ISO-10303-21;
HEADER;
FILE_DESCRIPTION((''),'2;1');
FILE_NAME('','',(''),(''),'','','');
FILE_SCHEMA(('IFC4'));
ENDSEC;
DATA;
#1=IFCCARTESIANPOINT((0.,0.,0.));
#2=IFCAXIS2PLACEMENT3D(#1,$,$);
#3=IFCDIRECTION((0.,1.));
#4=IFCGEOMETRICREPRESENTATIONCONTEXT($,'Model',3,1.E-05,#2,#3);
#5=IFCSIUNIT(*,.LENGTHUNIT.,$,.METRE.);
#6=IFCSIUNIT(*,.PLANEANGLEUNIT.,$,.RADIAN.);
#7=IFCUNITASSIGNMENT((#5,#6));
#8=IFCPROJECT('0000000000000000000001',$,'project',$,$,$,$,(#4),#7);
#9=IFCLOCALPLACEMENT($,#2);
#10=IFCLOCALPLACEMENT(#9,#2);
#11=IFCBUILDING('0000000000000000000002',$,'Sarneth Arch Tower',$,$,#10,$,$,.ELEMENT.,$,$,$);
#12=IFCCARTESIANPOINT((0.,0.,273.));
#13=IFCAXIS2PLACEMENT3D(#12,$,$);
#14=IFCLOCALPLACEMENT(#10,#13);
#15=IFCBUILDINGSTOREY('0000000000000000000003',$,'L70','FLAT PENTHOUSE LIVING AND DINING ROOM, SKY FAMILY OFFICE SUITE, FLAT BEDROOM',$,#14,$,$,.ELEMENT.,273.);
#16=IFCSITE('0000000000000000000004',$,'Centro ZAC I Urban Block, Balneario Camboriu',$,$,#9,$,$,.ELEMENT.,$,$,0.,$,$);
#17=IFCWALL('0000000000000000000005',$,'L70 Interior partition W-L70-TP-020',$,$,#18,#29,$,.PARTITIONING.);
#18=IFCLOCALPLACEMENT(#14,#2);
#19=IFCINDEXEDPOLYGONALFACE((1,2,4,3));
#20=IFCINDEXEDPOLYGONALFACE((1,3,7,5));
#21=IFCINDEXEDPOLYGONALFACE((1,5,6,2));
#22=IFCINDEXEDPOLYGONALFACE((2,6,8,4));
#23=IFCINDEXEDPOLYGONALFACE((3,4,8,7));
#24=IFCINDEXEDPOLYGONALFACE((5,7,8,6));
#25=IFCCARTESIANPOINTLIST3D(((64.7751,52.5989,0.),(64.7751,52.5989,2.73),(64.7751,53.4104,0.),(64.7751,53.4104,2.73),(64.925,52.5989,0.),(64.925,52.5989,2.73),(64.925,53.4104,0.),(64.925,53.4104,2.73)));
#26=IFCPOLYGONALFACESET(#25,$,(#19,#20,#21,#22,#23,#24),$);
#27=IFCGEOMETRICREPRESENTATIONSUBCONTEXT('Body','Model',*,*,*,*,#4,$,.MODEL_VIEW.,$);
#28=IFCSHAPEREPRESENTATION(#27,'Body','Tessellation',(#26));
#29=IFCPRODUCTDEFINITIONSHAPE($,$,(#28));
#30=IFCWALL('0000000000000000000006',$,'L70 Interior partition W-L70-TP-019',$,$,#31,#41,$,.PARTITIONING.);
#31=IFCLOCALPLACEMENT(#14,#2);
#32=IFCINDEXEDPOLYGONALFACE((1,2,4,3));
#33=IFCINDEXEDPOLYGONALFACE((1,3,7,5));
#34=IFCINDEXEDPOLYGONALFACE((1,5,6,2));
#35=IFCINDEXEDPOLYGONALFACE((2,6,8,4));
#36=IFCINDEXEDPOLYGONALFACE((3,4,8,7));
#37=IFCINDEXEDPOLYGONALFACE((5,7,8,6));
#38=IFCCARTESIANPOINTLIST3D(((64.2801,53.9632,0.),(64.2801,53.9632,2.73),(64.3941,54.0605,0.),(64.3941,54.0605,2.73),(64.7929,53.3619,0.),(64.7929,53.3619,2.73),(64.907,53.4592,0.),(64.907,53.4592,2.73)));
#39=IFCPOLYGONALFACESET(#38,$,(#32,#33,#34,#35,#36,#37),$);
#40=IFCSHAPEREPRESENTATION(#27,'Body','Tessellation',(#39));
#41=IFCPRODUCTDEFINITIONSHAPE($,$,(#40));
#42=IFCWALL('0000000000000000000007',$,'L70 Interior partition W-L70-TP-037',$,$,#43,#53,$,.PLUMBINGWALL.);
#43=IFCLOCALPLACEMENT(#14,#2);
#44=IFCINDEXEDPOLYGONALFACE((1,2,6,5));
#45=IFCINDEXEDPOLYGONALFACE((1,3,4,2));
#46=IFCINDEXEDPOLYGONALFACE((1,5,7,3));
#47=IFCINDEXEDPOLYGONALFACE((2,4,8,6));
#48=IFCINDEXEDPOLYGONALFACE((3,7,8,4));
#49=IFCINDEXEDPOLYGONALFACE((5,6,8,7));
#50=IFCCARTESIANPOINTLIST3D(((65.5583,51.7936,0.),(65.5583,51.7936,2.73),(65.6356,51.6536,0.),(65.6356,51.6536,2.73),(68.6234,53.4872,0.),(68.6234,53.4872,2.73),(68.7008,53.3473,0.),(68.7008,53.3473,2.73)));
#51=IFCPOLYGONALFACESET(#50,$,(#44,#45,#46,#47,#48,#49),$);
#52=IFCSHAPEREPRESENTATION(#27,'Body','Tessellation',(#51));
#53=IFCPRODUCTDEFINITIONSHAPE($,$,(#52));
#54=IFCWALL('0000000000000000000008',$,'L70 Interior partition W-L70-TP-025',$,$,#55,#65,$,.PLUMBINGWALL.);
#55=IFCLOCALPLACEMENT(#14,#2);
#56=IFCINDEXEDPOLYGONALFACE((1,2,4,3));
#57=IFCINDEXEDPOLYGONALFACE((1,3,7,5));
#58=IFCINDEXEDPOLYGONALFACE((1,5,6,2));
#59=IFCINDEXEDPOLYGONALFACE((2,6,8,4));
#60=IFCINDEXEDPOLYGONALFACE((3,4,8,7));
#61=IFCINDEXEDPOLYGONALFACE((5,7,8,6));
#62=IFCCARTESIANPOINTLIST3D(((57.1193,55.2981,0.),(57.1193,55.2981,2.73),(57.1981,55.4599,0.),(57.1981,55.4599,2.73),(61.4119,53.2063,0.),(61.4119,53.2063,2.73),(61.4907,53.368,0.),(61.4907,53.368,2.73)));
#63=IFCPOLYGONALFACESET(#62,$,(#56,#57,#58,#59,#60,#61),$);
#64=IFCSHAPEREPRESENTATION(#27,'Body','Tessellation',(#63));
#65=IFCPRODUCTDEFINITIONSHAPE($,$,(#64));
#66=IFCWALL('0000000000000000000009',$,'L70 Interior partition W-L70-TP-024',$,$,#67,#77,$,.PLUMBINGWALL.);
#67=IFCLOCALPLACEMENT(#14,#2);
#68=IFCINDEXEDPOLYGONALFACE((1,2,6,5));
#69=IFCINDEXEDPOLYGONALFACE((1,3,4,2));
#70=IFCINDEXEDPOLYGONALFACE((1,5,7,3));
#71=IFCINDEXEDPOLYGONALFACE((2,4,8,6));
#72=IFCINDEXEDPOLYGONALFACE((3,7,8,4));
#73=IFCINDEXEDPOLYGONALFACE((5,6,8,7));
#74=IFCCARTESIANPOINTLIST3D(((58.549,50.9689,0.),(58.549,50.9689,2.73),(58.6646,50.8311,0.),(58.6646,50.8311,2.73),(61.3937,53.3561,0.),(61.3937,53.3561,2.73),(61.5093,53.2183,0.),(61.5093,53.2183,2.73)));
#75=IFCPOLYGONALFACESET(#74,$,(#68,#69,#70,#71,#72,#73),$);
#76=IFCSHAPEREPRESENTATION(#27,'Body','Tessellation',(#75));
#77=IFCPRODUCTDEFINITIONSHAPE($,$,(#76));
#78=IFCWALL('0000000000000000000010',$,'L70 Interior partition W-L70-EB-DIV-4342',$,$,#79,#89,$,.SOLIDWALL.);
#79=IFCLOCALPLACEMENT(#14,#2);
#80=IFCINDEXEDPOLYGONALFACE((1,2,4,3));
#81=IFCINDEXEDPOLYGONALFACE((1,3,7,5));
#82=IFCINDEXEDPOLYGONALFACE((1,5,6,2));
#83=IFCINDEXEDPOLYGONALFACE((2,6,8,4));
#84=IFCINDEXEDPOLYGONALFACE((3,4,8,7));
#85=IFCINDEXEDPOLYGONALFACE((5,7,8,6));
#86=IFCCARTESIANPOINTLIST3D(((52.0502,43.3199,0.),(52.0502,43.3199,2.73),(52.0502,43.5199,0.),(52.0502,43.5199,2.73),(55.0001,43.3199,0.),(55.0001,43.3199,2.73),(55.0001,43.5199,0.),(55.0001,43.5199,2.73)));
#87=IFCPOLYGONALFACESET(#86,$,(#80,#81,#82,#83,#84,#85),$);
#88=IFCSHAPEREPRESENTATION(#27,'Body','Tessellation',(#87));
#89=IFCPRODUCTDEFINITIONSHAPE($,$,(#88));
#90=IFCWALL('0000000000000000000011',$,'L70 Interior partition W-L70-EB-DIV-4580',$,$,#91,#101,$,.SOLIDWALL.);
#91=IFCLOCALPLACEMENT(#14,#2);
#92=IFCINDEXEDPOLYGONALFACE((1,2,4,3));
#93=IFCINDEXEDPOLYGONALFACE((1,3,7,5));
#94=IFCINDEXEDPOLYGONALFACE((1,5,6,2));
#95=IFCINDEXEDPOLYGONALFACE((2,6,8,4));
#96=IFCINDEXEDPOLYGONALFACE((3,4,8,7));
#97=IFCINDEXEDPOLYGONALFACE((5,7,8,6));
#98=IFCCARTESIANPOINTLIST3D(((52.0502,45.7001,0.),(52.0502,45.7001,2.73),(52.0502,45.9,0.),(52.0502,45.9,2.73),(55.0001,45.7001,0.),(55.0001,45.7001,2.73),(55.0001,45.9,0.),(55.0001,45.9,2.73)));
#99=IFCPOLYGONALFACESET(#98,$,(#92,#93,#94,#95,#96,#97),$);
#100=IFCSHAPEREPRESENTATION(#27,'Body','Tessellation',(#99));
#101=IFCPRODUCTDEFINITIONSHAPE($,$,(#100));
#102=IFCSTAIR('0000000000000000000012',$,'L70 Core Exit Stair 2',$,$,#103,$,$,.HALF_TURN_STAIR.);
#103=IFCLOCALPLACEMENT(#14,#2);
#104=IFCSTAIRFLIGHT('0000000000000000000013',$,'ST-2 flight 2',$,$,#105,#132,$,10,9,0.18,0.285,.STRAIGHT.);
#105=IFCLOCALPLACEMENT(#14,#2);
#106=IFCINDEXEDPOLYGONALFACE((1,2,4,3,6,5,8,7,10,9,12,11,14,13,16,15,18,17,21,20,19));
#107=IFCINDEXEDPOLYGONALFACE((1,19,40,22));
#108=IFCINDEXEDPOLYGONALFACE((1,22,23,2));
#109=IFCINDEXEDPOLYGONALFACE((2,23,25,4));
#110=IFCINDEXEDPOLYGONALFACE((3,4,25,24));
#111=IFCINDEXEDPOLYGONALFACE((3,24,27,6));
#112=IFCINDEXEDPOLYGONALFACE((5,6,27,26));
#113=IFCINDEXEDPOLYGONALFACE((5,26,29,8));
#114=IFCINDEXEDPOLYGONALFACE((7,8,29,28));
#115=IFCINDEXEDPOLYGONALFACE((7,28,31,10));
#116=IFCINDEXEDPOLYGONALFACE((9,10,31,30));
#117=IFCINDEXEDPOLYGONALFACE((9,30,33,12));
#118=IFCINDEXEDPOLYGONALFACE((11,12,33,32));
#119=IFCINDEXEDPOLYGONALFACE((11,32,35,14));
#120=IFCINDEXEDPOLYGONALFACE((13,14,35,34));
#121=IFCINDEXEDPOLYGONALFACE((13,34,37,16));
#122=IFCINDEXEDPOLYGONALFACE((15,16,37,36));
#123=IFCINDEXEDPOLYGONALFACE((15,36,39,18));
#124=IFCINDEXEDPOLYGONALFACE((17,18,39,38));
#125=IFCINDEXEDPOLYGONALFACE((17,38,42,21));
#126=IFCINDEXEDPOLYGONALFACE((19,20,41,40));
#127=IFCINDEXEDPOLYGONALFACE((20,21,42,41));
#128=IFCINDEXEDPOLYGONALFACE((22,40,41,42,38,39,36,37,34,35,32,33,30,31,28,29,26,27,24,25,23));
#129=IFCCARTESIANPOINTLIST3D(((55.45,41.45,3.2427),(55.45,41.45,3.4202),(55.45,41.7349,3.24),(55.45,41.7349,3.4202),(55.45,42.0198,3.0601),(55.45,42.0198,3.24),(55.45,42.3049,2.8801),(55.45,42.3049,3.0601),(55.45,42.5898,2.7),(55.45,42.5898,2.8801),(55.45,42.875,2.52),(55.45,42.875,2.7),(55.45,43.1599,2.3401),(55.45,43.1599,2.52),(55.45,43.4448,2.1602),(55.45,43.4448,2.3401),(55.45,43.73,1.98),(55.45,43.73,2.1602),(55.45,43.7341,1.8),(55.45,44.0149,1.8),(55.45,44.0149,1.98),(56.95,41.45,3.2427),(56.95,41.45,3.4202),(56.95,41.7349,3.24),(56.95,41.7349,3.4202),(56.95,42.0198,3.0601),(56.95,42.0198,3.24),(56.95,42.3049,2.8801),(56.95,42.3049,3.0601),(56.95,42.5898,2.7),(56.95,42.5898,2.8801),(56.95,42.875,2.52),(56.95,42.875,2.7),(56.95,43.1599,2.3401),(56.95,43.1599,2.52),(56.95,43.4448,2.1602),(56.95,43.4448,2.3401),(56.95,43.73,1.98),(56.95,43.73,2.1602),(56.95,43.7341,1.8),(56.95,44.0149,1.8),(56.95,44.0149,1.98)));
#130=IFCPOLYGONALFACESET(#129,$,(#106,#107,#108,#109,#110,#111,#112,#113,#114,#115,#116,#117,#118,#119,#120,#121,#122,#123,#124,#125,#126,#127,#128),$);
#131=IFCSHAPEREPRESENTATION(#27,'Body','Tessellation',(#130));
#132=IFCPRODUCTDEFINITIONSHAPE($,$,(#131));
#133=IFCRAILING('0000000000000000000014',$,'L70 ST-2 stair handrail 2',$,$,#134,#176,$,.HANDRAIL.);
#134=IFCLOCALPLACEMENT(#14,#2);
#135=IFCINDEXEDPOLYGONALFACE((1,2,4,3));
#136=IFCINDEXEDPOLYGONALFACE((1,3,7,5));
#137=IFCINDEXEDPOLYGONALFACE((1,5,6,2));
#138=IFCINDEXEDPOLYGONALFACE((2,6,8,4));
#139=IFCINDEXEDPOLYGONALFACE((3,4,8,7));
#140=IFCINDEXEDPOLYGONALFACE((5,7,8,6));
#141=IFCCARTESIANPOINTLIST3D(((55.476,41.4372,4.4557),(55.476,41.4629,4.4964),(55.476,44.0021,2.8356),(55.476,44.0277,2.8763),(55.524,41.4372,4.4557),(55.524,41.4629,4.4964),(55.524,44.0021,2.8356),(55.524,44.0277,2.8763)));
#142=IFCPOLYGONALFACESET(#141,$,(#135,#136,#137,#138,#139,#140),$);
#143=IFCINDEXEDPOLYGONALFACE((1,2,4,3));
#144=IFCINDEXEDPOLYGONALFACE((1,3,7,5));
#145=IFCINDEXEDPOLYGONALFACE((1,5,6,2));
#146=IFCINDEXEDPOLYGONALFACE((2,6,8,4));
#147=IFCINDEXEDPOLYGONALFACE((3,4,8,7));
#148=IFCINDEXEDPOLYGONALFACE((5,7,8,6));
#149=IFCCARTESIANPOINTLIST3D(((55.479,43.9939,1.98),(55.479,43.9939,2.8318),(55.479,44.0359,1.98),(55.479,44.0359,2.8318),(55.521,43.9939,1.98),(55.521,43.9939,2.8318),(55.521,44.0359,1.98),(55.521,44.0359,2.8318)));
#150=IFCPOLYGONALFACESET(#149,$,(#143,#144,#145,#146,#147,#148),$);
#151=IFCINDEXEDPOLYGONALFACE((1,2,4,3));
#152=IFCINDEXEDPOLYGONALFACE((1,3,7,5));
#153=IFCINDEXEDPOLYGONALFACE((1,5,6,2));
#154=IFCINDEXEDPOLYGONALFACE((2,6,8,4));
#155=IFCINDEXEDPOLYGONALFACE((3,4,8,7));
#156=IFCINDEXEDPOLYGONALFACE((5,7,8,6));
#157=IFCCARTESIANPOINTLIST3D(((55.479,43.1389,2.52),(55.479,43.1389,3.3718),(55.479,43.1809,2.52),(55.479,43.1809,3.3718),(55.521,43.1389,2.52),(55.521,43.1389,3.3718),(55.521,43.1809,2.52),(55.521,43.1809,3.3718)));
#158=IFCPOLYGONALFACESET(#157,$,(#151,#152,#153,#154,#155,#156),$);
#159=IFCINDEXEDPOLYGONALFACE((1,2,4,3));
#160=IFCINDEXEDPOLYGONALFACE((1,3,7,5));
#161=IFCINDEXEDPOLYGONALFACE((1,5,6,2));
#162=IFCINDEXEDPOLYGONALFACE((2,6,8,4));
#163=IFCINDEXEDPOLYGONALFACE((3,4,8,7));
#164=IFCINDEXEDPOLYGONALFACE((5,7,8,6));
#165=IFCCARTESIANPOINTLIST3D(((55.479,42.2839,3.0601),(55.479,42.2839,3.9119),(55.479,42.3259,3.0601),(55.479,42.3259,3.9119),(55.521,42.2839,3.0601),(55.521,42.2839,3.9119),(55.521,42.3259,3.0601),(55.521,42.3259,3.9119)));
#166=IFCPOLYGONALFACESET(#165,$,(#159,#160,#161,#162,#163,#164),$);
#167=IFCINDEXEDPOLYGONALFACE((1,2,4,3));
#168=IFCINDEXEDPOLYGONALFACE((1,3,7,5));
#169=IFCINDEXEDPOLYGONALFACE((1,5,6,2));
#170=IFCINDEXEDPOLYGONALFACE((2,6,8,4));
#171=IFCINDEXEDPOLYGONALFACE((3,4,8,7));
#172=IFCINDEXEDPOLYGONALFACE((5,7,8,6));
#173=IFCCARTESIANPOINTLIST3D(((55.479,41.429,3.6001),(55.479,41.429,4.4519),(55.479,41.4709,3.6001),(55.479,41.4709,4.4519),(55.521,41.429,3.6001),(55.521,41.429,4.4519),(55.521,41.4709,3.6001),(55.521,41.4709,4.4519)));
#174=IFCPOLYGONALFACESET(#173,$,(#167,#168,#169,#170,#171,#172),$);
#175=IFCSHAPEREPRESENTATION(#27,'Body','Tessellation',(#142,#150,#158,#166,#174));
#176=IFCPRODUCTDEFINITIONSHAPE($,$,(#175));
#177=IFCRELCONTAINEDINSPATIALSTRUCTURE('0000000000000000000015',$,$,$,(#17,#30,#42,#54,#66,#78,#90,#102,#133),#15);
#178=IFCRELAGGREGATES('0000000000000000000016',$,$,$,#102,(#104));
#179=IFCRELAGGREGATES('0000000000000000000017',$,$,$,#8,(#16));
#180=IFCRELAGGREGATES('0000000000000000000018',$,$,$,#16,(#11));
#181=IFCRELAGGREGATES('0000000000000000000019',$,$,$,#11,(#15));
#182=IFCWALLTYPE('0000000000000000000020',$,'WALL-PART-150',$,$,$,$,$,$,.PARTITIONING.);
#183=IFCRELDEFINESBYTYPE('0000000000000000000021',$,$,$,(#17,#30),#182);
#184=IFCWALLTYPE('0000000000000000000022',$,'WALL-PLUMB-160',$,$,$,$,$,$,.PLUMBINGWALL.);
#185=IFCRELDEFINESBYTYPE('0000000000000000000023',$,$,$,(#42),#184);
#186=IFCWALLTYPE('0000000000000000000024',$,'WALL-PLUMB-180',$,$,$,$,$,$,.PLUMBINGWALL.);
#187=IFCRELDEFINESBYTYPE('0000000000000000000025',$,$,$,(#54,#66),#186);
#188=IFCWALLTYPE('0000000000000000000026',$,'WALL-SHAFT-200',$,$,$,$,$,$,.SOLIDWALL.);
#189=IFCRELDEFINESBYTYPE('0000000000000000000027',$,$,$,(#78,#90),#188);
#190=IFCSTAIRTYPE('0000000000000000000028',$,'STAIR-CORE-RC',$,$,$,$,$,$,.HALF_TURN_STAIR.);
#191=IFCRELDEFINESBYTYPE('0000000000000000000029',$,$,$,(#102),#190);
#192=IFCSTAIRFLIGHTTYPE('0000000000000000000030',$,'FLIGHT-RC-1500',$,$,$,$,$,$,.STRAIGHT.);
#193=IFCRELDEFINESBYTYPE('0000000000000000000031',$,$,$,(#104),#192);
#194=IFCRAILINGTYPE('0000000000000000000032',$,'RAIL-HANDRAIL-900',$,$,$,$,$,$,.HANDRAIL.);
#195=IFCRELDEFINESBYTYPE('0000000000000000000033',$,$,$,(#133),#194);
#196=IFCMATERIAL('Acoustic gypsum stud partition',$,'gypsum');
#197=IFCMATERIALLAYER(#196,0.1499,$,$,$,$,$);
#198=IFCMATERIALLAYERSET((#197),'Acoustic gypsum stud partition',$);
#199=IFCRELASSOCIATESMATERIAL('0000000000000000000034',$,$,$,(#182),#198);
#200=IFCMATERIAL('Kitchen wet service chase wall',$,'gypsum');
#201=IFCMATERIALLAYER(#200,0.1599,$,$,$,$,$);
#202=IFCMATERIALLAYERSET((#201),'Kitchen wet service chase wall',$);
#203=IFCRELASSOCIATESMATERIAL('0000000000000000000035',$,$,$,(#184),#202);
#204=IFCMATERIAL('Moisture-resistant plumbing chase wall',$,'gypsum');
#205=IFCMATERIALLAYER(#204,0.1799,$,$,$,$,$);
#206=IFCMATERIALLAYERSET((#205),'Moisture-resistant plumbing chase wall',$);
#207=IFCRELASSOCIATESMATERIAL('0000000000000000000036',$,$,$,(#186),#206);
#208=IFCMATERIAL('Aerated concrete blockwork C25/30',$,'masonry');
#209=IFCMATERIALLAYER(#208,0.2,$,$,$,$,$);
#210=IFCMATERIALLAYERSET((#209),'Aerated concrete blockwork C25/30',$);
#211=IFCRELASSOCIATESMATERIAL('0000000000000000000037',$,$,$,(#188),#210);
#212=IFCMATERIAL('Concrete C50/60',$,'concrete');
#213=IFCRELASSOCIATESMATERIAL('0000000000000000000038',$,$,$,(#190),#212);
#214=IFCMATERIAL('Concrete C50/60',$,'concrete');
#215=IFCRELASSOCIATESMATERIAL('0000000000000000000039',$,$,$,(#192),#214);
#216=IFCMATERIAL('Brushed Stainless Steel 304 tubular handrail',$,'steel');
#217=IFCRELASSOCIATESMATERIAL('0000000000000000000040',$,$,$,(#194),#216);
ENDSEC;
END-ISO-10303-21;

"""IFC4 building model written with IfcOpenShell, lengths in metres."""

from ifc_helpers import new_model, si_unit, direction, frame, frame_2d, origin, origin_2d, place, context, subcontext, project, spatial, polyline, rectangle, outline, extrude, material, layer, layer_set, type_object, element, aggregate, save


model = new_model("IFC4")

# Units and contexts
model_context = context("Model", 3, precision=1e-05, world=origin(), true_north=direction((0.0, 1.0)))
body_context = subcontext(model_context, "Body", "Model", "MODEL_VIEW")
ifc_project = project(units=[si_unit("LENGTHUNIT", "METRE"), si_unit("PLANEANGLEUNIT", "RADIAN")], contexts=[model_context])

# Site, building, storey
site_placement = place(None, origin())
site = spatial("IfcSite", under=ifc_project, at=site_placement, Name="Centro ZAC I Urban Block, Balneario Camboriu", CompositionType="ELEMENT", RefElevation=0.0)
building_placement = place(site_placement, origin())
building = spatial("IfcBuilding", under=site, at=building_placement, Name="Sarneth Arch Tower", CompositionType="ELEMENT")
storey_placement = place(building_placement, frame((0.0, 0.0, 273.0)))
storey = spatial("IfcBuildingStorey", under=building, at=storey_placement, Name="L70", Description="FLAT PENTHOUSE LIVING AND DINING ROOM, SKY FAMILY OFFICE SUITE, FLAT BEDROOM", CompositionType="ELEMENT", Elevation=273.0)

# Walls
ifc_material_1 = material(Name="Acoustic gypsum stud partition", Category="gypsum")
ifc_layer_1 = layer(ifc_material_1, 0.1499)
ifc_layer_set_1 = layer_set([ifc_layer_1], Name="Acoustic gypsum stud partition")
wall_type_1 = type_object("IfcWallType", Name="WALL-PART-150", PredefinedType="PARTITIONING", material=ifc_layer_set_1)
wall_1_placement = place(storey_placement, frame((64.8501, 53.4104, 0.0), z_axis=(0.0, 0.0, 1.0), x_axis=(0.0, -1.0, 0.0)))
element("IfcWall", 1, at=wall_1_placement, inside=storey, type_object=wall_type_1, Name="L70 Interior partition W-L70-TP-020", PredefinedType="PARTITIONING", context=body_context, shape_type="SweptSolid", body=[
    extrude(rectangle(XDim=0.8115, YDim=0.1499, at=frame_2d((0.4058, 0.0))), origin(), (0.0, 0.0, 1.0), 2.73),
])
wall_2_placement = place(storey_placement, frame((64.3372, 54.0117, 0.0), z_axis=(0.0, 0.0, 1.0), x_axis=(0.648983, -0.760803, 0.0)))
element("IfcWall", 2, at=wall_2_placement, inside=storey, type_object=wall_type_1, Name="L70 Interior partition W-L70-TP-019", PredefinedType="PARTITIONING", context=body_context, shape_type="SweptSolid", body=[
    extrude(rectangle(XDim=0.7903, YDim=0.1499, at=frame_2d((0.395, 0.0))), origin(), (0.0, 0.0, 1.0), 2.73),
])
ifc_material_2 = material(Name="Kitchen wet service chase wall", Category="gypsum")
ifc_layer_2 = layer(ifc_material_2, 0.1599)
ifc_layer_set_2 = layer_set([ifc_layer_2], Name="Kitchen wet service chase wall")
wall_type_2 = type_object("IfcWallType", Name="WALL-PLUMB-160", PredefinedType="PLUMBINGWALL", material=ifc_layer_set_2)
wall_3_placement = place(storey_placement, frame((65.5969, 51.7236, 0.0), z_axis=(0.0, 0.0, 1.0), x_axis=(0.87528, 0.483617, 0.0)))
element("IfcWall", 3, at=wall_3_placement, inside=storey, type_object=wall_type_2, Name="L70 Interior partition W-L70-TP-037", PredefinedType="PLUMBINGWALL", context=body_context, shape_type="SweptSolid", body=[
    extrude(rectangle(XDim=3.502, YDim=0.1599, at=frame_2d((1.751, 0.0))), origin(), (0.0, 0.0, 1.0), 2.73),
])
ifc_material_3 = material(Name="Moisture-resistant plumbing chase wall", Category="gypsum")
ifc_layer_3 = layer(ifc_material_3, 0.1799)
ifc_layer_set_3 = layer_set([ifc_layer_3], Name="Moisture-resistant plumbing chase wall")
wall_type_3 = type_object("IfcWallType", Name="WALL-PLUMB-180", PredefinedType="PLUMBINGWALL", material=ifc_layer_set_3)
wall_4_placement = place(storey_placement, frame((61.4514, 53.2871, 0.0), z_axis=(0.0, 0.0, 1.0), x_axis=(-0.898941, 0.438069, 0.0)))
element("IfcWall", 4, at=wall_4_placement, inside=storey, type_object=wall_type_3, Name="L70 Interior partition W-L70-TP-025", PredefinedType="PLUMBINGWALL", context=body_context, shape_type="SweptSolid", body=[
    extrude(rectangle(XDim=4.7751, YDim=0.1799, at=frame_2d((2.3877, 0.0))), origin(), (0.0, 0.0, 1.0), 2.73),
])
wall_5_placement = place(storey_placement, frame((58.6067, 50.8999, 0.0), z_axis=(0.0, 0.0, 1.0), x_axis=(0.766018, 0.642819, 0.0)))
element("IfcWall", 5, at=wall_5_placement, inside=storey, type_object=wall_type_3, Name="L70 Interior partition W-L70-TP-024", PredefinedType="PLUMBINGWALL", context=body_context, shape_type="SweptSolid", body=[
    extrude(rectangle(XDim=3.7136, YDim=0.1799, at=frame_2d((1.8569, 0.0))), origin(), (0.0, 0.0, 1.0), 2.73),
])
ifc_material_4 = material(Name="Aerated concrete blockwork C25/30", Category="masonry")
ifc_layer_4 = layer(ifc_material_4, 0.2)
ifc_layer_set_4 = layer_set([ifc_layer_4], Name="Aerated concrete blockwork C25/30")
wall_type_4 = type_object("IfcWallType", Name="WALL-SHAFT-200", PredefinedType="SOLIDWALL", material=ifc_layer_set_4)
for number, where, z_axis, x_axis, name in (
    (6, (52.05, 43.4199, 0.0), (0.0, 0.0, 1.0), (1.0, 0.0, 0.0), "L70 Interior partition W-L70-EB-DIV-4342"),
    (7, (52.05, 45.8, 0.0), (0.0, 0.0, 1.0), (1.0, 0.0, 0.0), "L70 Interior partition W-L70-EB-DIV-4580"),
):
    element("IfcWall", number, at=place(storey_placement, frame(where, z_axis=z_axis, x_axis=x_axis)), inside=storey, type_object=wall_type_4, Name=name, PredefinedType="SOLIDWALL", context=body_context, shape_type="SweptSolid", body=[
        extrude(rectangle(XDim=2.95, YDim=0.2, at=frame_2d((1.4751, 0.0))), origin(), (0.0, 0.0, 1.0), 2.73),
    ])

# Stair, stair flight
ifc_material_5 = material(Name="Concrete C50/60", Category="concrete")
stair_type = type_object("IfcStairType", Name="STAIR-CORE-RC", PredefinedType="HALF_TURN_STAIR", material=ifc_material_5)
stair_placement = place(storey_placement, origin())
stair = element("IfcStair", 8, at=stair_placement, inside=storey, type_object=stair_type, Name="L70 Core Exit Stair 2", PredefinedType="HALF_TURN_STAIR")
ifc_material_6 = material(Name="Concrete C50/60", Category="concrete")
stair_flight_type = type_object("IfcStairFlightType", Name="FLIGHT-RC-1500", PredefinedType="STRAIGHT", material=ifc_material_6)
stair_flight_placement = place(storey_placement, frame((56.2, 44.0149, 1.8), z_axis=(0.0, 0.0, 1.0), x_axis=(0.0, -1.0, 0.0)))
stair_flight = element("IfcStairFlight", 9, at=stair_flight_placement, type_object=stair_flight_type, Name="ST-2 flight 2", NumberOfRisers=10, NumberOfTreads=9, PredefinedType="STRAIGHT", RiserHeight=0.18, TreadLength=0.285, context=body_context, shape_type="SweptSolid", body=[
    extrude(outline(polyline([(0.0, 0.0), (0.0, 0.1799), (0.2849, 0.1799), (0.2849, 0.3601), (0.5701, 0.3601), (0.5701, 0.54), (0.855, 0.54), (0.855, 0.72), (1.1399, 0.72), (1.1399, 0.8999), (1.425, 0.8999), (1.425, 1.0801), (1.71, 1.0801), (1.71, 1.26), (1.9951, 1.26), (1.9951, 1.4399), (2.28, 1.4399), (2.28, 1.6201), (2.5649, 1.6201), (2.5649, 1.8), (2.5649, 1.4426), (0.2808, 0.0), (0.0, 0.0)])), frame((0.0, 0.75, 0.0), z_axis=(0.0, -1.0, 0.0), x_axis=(1.0, 0.0, 0.0)), (0.0, 0.0, 1.0), 1.5),
])
aggregate(stair, [stair_flight])

# Railing
ifc_material_7 = material(Name="Brushed Stainless Steel 304 tubular handrail", Category="steel")
railing_type_1 = type_object("IfcRailingType", Name="RAIL-HANDRAIL-900", PredefinedType="HANDRAIL", material=ifc_material_7)
railing_1_placement = place(storey_placement, frame((55.5, 44.0149, 1.98)))
element("IfcRailing", 10, at=railing_1_placement, inside=storey, type_object=railing_type_1, Name="L70 ST-2 stair handrail 2", PredefinedType="HANDRAIL", context=body_context, shape_type="SweptSolid", body=[
    extrude(rectangle(XDim=0.0481, YDim=0.0481, at=origin_2d()), frame((0.0, 0.0, 0.876), z_axis=(0.0, -0.845466, 0.534029), x_axis=(1.0, 0.0, 0.0)), (0.0, 0.0, 1.0), 3.0337),
    extrude(rectangle(XDim=0.042, YDim=0.042, at=origin_2d()), origin(), (0.0, 0.0, 1.0), 0.8518),
    extrude(rectangle(XDim=0.042, YDim=0.042, at=origin_2d()), frame((0.0, -0.855, 0.54)), (0.0, 0.0, 1.0), 0.8518),
    extrude(rectangle(XDim=0.042, YDim=0.042, at=origin_2d()), frame((0.0, -1.71, 1.0801)), (0.0, 0.0, 1.0), 0.8518),
    extrude(rectangle(XDim=0.042, YDim=0.042, at=origin_2d()), frame((0.0, -2.5649, 1.6201)), (0.0, 0.0, 1.0), 0.8518),
])

save(model, "model.ifc")
